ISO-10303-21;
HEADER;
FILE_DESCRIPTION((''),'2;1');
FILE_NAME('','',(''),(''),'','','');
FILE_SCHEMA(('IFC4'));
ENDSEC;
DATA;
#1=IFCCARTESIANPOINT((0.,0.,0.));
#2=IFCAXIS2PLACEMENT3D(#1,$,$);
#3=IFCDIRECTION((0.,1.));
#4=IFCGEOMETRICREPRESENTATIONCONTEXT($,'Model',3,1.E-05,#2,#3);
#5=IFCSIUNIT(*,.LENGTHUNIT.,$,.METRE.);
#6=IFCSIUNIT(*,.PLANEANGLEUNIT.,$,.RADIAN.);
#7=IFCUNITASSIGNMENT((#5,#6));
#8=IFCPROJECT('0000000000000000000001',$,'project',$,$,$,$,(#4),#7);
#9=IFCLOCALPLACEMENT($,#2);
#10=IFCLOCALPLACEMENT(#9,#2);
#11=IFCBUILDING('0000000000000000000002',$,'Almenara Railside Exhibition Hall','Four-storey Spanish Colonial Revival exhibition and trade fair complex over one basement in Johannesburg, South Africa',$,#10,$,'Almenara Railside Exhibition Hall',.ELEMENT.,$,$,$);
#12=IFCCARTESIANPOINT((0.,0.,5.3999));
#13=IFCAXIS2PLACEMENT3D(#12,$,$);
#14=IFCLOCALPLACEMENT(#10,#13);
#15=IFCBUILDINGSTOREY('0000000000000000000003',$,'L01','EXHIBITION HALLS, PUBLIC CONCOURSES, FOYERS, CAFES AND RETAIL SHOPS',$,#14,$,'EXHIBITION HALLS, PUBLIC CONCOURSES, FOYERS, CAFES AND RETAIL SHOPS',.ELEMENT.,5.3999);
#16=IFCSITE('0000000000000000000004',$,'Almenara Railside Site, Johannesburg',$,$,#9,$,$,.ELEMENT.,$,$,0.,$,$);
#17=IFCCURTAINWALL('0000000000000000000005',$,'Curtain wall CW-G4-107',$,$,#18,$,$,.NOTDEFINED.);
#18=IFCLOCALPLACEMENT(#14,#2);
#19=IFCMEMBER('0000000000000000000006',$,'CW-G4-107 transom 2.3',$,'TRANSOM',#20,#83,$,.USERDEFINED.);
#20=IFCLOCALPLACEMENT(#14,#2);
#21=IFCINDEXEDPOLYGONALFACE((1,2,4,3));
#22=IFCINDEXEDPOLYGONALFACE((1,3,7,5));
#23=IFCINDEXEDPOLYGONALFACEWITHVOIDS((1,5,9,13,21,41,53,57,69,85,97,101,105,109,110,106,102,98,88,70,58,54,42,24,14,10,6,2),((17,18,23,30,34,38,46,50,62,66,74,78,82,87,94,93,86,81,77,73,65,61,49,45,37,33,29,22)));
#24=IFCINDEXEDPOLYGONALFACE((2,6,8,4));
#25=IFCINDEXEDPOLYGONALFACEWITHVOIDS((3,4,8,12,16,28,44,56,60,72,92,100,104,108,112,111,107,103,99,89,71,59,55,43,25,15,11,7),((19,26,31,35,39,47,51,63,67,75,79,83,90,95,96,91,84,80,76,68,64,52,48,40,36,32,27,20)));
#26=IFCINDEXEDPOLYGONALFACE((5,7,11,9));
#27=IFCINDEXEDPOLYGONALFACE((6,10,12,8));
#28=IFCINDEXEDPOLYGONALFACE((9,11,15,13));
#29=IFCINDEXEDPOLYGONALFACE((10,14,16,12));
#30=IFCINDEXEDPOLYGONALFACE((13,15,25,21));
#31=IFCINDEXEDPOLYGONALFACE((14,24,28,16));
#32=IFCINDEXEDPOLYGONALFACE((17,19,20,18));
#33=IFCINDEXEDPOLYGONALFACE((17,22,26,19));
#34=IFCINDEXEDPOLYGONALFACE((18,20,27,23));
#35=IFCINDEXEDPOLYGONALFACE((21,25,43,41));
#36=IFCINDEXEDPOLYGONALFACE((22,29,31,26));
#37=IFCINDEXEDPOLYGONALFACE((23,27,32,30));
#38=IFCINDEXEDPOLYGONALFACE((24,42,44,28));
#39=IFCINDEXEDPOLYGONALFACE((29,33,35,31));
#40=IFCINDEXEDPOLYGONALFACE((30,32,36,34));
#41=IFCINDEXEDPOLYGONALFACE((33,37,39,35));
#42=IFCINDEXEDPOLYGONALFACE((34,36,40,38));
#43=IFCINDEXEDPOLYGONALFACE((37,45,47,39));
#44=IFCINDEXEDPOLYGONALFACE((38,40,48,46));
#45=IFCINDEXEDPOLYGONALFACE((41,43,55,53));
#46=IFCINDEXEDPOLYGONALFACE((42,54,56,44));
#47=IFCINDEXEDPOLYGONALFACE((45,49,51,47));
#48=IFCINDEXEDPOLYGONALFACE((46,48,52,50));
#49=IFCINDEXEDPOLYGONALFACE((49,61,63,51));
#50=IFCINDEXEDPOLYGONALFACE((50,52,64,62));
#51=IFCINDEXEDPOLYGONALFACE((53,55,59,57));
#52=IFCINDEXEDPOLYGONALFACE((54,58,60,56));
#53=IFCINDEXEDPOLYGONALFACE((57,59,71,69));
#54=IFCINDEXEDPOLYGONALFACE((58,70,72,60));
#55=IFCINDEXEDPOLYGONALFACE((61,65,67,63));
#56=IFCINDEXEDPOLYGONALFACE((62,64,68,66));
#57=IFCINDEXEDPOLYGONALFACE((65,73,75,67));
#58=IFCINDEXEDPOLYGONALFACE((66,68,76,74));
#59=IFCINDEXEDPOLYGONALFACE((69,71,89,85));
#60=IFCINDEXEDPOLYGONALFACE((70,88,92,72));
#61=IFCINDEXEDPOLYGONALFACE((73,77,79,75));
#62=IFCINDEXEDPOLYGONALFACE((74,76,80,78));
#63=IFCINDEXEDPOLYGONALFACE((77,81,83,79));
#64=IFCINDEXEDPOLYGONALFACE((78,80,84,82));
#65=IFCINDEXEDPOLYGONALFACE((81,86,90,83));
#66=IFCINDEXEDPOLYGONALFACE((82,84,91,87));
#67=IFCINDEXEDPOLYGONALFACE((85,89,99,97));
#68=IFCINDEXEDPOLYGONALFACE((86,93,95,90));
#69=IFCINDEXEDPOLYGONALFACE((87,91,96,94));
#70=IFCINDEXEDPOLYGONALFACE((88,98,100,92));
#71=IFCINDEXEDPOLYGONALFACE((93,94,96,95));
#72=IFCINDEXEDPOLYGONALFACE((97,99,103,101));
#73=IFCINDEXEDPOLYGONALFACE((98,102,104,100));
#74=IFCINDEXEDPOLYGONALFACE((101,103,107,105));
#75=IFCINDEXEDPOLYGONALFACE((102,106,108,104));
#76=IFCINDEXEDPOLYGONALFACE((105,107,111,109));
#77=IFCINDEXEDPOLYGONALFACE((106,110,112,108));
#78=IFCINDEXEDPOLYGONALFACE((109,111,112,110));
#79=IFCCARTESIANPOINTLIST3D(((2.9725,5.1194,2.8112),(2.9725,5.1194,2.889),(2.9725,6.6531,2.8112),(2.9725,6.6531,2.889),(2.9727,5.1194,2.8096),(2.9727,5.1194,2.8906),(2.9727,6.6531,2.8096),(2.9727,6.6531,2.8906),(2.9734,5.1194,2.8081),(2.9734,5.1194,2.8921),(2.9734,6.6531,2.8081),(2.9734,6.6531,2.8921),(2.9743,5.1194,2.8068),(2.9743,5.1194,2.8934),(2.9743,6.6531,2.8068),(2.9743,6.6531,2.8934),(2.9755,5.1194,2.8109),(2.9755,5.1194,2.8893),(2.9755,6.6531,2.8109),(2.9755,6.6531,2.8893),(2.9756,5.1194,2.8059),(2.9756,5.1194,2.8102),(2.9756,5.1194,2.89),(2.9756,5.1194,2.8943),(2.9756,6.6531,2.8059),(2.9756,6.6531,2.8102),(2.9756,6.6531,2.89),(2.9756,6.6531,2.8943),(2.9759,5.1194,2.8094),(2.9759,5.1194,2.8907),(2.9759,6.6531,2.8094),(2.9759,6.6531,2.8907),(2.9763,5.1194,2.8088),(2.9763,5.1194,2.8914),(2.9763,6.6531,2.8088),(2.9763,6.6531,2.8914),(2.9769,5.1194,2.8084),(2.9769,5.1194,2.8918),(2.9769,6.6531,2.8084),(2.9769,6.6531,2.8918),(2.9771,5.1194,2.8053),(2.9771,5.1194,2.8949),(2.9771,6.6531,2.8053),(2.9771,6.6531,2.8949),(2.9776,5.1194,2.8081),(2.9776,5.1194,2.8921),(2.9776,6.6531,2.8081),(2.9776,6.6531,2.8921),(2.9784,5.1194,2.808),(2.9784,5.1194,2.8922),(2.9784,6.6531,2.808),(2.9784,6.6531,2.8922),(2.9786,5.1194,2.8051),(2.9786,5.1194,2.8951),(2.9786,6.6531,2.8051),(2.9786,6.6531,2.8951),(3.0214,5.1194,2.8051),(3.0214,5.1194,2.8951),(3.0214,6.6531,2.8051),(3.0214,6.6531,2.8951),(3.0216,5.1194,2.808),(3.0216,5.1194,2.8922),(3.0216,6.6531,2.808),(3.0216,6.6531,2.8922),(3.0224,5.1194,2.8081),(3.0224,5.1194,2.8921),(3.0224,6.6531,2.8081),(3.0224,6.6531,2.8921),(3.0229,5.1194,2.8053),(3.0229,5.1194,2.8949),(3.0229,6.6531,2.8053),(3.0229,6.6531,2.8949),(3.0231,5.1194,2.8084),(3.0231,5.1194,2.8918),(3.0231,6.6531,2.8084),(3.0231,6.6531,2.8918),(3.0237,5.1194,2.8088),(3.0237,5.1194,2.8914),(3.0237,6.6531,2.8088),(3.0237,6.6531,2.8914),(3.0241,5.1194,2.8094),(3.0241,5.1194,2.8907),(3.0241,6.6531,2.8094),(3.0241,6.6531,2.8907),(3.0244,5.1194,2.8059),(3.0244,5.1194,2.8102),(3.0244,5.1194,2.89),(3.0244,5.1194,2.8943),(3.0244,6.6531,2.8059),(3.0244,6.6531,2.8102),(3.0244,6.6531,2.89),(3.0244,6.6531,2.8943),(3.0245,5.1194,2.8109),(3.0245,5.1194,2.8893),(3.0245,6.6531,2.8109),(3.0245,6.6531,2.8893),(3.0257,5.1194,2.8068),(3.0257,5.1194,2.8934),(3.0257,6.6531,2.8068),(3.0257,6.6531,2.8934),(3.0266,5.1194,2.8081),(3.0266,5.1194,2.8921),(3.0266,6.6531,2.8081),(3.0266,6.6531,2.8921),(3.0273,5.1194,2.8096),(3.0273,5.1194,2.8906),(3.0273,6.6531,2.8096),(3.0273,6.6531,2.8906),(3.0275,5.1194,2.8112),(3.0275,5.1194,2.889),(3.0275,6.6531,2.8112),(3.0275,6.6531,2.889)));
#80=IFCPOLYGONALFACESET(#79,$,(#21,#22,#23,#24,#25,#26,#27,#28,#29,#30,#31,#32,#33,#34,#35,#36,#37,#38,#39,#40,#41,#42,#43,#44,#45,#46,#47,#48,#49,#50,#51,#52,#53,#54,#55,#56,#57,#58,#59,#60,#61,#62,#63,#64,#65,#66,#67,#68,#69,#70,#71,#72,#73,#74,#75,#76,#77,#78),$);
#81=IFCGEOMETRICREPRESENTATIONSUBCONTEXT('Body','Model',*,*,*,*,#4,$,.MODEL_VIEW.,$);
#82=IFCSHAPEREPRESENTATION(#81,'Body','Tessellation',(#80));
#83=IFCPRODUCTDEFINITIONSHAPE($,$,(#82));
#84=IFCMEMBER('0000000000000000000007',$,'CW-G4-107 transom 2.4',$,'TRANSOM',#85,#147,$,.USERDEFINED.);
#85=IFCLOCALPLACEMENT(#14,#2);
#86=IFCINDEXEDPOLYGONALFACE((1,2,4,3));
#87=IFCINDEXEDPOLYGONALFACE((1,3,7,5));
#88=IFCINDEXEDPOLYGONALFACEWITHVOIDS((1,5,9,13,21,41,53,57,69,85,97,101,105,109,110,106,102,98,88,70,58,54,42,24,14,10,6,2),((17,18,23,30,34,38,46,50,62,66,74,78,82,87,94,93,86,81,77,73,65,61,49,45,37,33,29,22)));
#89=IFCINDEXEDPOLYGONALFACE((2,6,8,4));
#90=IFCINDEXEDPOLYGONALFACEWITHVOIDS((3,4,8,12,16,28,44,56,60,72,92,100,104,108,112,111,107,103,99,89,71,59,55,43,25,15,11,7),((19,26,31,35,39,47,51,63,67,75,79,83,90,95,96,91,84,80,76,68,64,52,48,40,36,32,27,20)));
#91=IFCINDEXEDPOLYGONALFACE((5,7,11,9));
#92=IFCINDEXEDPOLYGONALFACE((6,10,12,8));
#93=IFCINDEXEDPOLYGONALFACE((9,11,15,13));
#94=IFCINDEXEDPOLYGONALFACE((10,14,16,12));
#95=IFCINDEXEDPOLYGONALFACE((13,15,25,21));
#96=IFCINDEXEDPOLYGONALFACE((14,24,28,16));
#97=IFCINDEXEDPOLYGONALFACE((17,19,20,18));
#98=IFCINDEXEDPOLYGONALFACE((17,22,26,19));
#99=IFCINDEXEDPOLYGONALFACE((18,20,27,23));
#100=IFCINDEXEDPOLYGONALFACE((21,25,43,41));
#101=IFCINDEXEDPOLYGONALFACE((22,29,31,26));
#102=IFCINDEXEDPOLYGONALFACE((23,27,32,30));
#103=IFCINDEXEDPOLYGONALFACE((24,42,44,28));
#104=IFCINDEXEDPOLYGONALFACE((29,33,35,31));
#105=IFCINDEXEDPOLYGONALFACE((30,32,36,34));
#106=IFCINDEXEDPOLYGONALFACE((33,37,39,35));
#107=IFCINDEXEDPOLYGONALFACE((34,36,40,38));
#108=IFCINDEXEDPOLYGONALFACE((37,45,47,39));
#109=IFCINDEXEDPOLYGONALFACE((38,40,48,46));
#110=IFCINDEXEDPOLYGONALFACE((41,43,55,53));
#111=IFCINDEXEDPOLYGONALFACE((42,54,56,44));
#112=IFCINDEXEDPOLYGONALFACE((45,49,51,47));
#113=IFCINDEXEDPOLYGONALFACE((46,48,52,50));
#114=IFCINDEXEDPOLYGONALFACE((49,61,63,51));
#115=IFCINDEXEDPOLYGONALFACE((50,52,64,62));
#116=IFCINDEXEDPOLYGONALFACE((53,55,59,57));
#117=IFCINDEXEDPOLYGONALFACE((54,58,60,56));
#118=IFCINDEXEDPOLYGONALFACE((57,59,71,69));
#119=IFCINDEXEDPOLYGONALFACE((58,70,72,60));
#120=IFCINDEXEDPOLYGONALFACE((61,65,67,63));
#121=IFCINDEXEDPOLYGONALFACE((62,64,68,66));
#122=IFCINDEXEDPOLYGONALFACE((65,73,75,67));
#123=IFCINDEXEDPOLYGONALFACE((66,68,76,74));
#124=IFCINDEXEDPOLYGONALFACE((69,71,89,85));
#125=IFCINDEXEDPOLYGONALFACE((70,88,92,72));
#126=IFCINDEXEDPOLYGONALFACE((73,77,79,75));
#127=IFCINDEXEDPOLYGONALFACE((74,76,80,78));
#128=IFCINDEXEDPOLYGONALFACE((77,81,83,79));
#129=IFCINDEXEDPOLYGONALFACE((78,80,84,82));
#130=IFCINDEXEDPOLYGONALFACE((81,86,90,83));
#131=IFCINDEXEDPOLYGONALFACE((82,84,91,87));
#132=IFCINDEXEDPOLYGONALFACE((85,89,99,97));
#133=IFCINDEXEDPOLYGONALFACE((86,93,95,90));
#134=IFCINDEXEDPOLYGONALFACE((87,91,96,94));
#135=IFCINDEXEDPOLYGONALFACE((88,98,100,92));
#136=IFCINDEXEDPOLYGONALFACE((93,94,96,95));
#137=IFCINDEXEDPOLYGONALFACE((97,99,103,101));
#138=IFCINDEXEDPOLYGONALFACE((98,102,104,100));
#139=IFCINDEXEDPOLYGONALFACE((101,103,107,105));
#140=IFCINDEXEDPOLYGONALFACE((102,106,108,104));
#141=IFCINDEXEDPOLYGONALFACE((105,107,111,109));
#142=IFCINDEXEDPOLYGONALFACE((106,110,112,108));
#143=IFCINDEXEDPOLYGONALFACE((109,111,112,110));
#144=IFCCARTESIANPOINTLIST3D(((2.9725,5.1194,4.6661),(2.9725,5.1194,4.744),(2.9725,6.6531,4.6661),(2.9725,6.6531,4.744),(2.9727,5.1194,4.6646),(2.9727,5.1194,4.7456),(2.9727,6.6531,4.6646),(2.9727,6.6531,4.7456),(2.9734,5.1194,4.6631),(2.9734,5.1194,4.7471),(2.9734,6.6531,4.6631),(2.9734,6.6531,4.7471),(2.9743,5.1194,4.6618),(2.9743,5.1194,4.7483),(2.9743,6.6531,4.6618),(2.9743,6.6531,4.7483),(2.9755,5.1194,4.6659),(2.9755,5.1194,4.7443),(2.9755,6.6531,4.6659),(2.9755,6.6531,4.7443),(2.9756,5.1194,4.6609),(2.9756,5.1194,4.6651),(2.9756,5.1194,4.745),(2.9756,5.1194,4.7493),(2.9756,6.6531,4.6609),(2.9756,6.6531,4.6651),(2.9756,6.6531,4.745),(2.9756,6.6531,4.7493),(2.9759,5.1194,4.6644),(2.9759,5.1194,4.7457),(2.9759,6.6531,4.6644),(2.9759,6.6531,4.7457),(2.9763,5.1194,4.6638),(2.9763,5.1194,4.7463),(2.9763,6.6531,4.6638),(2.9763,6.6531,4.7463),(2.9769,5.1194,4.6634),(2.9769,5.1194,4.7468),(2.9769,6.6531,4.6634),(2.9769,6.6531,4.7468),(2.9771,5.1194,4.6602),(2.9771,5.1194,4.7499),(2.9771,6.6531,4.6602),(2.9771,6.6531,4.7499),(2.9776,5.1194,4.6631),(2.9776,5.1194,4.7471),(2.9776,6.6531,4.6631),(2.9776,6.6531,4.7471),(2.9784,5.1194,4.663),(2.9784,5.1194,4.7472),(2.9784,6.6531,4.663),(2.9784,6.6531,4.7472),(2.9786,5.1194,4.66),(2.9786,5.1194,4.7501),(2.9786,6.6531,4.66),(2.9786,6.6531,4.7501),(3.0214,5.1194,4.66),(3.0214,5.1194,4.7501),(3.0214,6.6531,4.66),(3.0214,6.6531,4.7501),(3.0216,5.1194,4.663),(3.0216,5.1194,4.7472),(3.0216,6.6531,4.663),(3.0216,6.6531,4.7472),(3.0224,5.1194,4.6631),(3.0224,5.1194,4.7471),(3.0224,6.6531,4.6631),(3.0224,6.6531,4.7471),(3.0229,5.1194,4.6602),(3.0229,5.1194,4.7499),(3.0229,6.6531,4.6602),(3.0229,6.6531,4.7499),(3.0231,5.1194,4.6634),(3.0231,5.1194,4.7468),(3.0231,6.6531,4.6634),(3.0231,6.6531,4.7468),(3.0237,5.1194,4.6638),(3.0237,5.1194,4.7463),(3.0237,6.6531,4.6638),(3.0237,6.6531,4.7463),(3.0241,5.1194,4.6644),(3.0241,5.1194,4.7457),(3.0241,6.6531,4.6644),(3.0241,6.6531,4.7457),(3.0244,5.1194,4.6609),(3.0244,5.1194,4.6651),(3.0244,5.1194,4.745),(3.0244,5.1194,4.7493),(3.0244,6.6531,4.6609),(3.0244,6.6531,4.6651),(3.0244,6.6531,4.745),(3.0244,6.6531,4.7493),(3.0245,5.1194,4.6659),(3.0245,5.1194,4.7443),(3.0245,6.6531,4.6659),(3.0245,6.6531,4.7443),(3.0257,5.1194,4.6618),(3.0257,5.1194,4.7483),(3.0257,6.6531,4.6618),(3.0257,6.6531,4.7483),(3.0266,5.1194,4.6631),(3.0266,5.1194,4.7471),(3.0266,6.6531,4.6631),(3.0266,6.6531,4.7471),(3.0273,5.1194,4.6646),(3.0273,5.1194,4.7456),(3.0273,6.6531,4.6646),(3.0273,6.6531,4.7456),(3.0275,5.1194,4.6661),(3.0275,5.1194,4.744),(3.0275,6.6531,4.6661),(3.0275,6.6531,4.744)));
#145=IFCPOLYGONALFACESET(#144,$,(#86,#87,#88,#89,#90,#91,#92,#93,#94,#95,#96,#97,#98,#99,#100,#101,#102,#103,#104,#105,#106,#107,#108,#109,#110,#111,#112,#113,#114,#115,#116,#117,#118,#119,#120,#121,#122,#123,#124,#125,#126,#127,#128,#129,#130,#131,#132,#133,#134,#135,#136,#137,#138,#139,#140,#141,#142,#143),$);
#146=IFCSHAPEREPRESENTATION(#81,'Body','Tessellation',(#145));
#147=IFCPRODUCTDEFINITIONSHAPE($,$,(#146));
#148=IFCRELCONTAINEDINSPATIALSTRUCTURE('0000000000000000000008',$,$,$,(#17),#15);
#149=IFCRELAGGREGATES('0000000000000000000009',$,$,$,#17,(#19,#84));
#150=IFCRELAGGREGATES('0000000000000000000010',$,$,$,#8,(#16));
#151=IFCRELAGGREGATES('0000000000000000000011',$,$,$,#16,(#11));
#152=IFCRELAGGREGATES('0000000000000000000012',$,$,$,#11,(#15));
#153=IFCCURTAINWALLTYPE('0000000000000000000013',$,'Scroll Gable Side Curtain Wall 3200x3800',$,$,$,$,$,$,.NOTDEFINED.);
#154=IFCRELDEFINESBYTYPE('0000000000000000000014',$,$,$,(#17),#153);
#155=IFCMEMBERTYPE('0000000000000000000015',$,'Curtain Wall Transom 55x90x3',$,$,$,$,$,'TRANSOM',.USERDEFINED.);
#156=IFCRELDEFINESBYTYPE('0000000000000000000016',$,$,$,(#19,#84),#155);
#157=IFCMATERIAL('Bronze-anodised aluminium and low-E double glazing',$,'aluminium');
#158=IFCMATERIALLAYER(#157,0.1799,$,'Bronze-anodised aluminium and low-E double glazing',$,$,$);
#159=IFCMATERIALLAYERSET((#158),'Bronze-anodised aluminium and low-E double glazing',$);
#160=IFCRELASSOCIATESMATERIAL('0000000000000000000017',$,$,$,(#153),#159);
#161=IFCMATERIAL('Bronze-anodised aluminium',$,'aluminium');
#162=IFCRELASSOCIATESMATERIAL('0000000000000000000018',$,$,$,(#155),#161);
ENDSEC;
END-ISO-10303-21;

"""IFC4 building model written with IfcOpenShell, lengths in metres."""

from ifc_helpers import new_model, si_unit, direction, frame, origin, origin_2d, place, context, subcontext, project, spatial, hollow_rectangle, extrude, material, layer, layer_set, material_profile, profile_set, type_object, element, aggregate, save


model = new_model("IFC4")

# Units and contexts
model_context = context("Model", 3, precision=1e-05, world=origin(), true_north=direction((0.0, 1.0)))
body_context = subcontext(model_context, "Body", "Model", "MODEL_VIEW")
ifc_project = project(units=[si_unit("LENGTHUNIT", "METRE"), si_unit("PLANEANGLEUNIT", "RADIAN")], contexts=[model_context])

# Site, building, storey
site_placement = place(None, origin())
site = spatial("IfcSite", under=ifc_project, at=site_placement, Name="Almenara Railside Site, Johannesburg", CompositionType="ELEMENT", RefElevation=0.0)
building_placement = place(site_placement, origin())
building = spatial("IfcBuilding", under=site, at=building_placement, Name="Almenara Railside Exhibition Hall", Description="Four-storey Spanish Colonial Revival exhibition and trade fair complex over one basement in Johannesburg, South Africa", LongName="Almenara Railside Exhibition Hall", CompositionType="ELEMENT")
storey_placement = place(building_placement, frame((0.0, 0.0, 5.3999)))
storey = spatial("IfcBuildingStorey", under=building, at=storey_placement, Name="L01", Description="EXHIBITION HALLS, PUBLIC CONCOURSES, FOYERS, CAFES AND RETAIL SHOPS", LongName="EXHIBITION HALLS, PUBLIC CONCOURSES, FOYERS, CAFES AND RETAIL SHOPS", CompositionType="ELEMENT", Elevation=5.3999)

# Curtain wall
ifc_material_1 = material(Name="Bronze-anodised aluminium and low-E double glazing", Category="aluminium")
ifc_layer_1 = layer(ifc_material_1, 0.1799, Name="Bronze-anodised aluminium and low-E double glazing")
ifc_layer_set_1 = layer_set([ifc_layer_1], Name="Bronze-anodised aluminium and low-E double glazing")
curtain_wall_type = type_object("IfcCurtainWallType", Name="Scroll Gable Side Curtain Wall 3200x3800", PredefinedType="NOTDEFINED", material=ifc_layer_set_1)
curtain_wall_1_placement = place(storey_placement, origin())
curtain_wall_1 = element("IfcCurtainWall", 1, at=curtain_wall_1_placement, inside=storey, type_object=curtain_wall_type, Name="Curtain wall CW-G4-107", PredefinedType="NOTDEFINED")
ifc_material_2 = material(Name="Bronze-anodised aluminium", Category="aluminium")

# Members
ifc_material_profile_1 = material_profile(ifc_material_2, hollow_rectangle(XDim=0.0549, YDim=0.0901, WallThickness=0.0029, InnerFilletRadius=0.0029, OuterFilletRadius=0.0061, at=origin_2d()), Name="ALU-TRN 55x90x3")
ifc_profile_set_1 = profile_set([ifc_material_profile_1], Name="Bronze-anodised aluminium")
member_type_1 = type_object("IfcMemberType", Name="Curtain Wall Transom 55x90x3", ElementType="TRANSOM", PredefinedType="USERDEFINED", material=ifc_profile_set_1)
member_1_placement = place(storey_placement, frame((3.0, 5.1194, 2.8501), z_axis=(0.0, 1.0, 0.0), x_axis=(-1.0, 0.0, 0.0)))
member_1 = element("IfcMember", 2, at=member_1_placement, type_object=member_type_1, Name="CW-G4-107 transom 2.3", ObjectType="TRANSOM", PredefinedType="USERDEFINED", context=body_context, shape_type="SweptSolid", body=[
    extrude(hollow_rectangle(XDim=0.0549, YDim=0.0901, WallThickness=0.0029, InnerFilletRadius=0.0029, OuterFilletRadius=0.0061, at=origin_2d()), origin(), (0.0, 0.0, 1.0), 1.5337),
])
member_2_placement = place(storey_placement, frame((3.0, 5.1194, 4.7051), z_axis=(0.0, 1.0, 0.0), x_axis=(-1.0, 0.0, 0.0)))
member_2 = element("IfcMember", 3, at=member_2_placement, type_object=member_type_1, Name="CW-G4-107 transom 2.4", ObjectType="TRANSOM", PredefinedType="USERDEFINED", context=body_context, shape_type="SweptSolid", body=[
    extrude(hollow_rectangle(XDim=0.0549, YDim=0.0901, WallThickness=0.0029, InnerFilletRadius=0.0029, OuterFilletRadius=0.0061, at=origin_2d()), origin(), (0.0, 0.0, 1.0), 1.5337),
])

aggregate(curtain_wall_1, [member_1, member_2])

save(model, "model.ifc")
